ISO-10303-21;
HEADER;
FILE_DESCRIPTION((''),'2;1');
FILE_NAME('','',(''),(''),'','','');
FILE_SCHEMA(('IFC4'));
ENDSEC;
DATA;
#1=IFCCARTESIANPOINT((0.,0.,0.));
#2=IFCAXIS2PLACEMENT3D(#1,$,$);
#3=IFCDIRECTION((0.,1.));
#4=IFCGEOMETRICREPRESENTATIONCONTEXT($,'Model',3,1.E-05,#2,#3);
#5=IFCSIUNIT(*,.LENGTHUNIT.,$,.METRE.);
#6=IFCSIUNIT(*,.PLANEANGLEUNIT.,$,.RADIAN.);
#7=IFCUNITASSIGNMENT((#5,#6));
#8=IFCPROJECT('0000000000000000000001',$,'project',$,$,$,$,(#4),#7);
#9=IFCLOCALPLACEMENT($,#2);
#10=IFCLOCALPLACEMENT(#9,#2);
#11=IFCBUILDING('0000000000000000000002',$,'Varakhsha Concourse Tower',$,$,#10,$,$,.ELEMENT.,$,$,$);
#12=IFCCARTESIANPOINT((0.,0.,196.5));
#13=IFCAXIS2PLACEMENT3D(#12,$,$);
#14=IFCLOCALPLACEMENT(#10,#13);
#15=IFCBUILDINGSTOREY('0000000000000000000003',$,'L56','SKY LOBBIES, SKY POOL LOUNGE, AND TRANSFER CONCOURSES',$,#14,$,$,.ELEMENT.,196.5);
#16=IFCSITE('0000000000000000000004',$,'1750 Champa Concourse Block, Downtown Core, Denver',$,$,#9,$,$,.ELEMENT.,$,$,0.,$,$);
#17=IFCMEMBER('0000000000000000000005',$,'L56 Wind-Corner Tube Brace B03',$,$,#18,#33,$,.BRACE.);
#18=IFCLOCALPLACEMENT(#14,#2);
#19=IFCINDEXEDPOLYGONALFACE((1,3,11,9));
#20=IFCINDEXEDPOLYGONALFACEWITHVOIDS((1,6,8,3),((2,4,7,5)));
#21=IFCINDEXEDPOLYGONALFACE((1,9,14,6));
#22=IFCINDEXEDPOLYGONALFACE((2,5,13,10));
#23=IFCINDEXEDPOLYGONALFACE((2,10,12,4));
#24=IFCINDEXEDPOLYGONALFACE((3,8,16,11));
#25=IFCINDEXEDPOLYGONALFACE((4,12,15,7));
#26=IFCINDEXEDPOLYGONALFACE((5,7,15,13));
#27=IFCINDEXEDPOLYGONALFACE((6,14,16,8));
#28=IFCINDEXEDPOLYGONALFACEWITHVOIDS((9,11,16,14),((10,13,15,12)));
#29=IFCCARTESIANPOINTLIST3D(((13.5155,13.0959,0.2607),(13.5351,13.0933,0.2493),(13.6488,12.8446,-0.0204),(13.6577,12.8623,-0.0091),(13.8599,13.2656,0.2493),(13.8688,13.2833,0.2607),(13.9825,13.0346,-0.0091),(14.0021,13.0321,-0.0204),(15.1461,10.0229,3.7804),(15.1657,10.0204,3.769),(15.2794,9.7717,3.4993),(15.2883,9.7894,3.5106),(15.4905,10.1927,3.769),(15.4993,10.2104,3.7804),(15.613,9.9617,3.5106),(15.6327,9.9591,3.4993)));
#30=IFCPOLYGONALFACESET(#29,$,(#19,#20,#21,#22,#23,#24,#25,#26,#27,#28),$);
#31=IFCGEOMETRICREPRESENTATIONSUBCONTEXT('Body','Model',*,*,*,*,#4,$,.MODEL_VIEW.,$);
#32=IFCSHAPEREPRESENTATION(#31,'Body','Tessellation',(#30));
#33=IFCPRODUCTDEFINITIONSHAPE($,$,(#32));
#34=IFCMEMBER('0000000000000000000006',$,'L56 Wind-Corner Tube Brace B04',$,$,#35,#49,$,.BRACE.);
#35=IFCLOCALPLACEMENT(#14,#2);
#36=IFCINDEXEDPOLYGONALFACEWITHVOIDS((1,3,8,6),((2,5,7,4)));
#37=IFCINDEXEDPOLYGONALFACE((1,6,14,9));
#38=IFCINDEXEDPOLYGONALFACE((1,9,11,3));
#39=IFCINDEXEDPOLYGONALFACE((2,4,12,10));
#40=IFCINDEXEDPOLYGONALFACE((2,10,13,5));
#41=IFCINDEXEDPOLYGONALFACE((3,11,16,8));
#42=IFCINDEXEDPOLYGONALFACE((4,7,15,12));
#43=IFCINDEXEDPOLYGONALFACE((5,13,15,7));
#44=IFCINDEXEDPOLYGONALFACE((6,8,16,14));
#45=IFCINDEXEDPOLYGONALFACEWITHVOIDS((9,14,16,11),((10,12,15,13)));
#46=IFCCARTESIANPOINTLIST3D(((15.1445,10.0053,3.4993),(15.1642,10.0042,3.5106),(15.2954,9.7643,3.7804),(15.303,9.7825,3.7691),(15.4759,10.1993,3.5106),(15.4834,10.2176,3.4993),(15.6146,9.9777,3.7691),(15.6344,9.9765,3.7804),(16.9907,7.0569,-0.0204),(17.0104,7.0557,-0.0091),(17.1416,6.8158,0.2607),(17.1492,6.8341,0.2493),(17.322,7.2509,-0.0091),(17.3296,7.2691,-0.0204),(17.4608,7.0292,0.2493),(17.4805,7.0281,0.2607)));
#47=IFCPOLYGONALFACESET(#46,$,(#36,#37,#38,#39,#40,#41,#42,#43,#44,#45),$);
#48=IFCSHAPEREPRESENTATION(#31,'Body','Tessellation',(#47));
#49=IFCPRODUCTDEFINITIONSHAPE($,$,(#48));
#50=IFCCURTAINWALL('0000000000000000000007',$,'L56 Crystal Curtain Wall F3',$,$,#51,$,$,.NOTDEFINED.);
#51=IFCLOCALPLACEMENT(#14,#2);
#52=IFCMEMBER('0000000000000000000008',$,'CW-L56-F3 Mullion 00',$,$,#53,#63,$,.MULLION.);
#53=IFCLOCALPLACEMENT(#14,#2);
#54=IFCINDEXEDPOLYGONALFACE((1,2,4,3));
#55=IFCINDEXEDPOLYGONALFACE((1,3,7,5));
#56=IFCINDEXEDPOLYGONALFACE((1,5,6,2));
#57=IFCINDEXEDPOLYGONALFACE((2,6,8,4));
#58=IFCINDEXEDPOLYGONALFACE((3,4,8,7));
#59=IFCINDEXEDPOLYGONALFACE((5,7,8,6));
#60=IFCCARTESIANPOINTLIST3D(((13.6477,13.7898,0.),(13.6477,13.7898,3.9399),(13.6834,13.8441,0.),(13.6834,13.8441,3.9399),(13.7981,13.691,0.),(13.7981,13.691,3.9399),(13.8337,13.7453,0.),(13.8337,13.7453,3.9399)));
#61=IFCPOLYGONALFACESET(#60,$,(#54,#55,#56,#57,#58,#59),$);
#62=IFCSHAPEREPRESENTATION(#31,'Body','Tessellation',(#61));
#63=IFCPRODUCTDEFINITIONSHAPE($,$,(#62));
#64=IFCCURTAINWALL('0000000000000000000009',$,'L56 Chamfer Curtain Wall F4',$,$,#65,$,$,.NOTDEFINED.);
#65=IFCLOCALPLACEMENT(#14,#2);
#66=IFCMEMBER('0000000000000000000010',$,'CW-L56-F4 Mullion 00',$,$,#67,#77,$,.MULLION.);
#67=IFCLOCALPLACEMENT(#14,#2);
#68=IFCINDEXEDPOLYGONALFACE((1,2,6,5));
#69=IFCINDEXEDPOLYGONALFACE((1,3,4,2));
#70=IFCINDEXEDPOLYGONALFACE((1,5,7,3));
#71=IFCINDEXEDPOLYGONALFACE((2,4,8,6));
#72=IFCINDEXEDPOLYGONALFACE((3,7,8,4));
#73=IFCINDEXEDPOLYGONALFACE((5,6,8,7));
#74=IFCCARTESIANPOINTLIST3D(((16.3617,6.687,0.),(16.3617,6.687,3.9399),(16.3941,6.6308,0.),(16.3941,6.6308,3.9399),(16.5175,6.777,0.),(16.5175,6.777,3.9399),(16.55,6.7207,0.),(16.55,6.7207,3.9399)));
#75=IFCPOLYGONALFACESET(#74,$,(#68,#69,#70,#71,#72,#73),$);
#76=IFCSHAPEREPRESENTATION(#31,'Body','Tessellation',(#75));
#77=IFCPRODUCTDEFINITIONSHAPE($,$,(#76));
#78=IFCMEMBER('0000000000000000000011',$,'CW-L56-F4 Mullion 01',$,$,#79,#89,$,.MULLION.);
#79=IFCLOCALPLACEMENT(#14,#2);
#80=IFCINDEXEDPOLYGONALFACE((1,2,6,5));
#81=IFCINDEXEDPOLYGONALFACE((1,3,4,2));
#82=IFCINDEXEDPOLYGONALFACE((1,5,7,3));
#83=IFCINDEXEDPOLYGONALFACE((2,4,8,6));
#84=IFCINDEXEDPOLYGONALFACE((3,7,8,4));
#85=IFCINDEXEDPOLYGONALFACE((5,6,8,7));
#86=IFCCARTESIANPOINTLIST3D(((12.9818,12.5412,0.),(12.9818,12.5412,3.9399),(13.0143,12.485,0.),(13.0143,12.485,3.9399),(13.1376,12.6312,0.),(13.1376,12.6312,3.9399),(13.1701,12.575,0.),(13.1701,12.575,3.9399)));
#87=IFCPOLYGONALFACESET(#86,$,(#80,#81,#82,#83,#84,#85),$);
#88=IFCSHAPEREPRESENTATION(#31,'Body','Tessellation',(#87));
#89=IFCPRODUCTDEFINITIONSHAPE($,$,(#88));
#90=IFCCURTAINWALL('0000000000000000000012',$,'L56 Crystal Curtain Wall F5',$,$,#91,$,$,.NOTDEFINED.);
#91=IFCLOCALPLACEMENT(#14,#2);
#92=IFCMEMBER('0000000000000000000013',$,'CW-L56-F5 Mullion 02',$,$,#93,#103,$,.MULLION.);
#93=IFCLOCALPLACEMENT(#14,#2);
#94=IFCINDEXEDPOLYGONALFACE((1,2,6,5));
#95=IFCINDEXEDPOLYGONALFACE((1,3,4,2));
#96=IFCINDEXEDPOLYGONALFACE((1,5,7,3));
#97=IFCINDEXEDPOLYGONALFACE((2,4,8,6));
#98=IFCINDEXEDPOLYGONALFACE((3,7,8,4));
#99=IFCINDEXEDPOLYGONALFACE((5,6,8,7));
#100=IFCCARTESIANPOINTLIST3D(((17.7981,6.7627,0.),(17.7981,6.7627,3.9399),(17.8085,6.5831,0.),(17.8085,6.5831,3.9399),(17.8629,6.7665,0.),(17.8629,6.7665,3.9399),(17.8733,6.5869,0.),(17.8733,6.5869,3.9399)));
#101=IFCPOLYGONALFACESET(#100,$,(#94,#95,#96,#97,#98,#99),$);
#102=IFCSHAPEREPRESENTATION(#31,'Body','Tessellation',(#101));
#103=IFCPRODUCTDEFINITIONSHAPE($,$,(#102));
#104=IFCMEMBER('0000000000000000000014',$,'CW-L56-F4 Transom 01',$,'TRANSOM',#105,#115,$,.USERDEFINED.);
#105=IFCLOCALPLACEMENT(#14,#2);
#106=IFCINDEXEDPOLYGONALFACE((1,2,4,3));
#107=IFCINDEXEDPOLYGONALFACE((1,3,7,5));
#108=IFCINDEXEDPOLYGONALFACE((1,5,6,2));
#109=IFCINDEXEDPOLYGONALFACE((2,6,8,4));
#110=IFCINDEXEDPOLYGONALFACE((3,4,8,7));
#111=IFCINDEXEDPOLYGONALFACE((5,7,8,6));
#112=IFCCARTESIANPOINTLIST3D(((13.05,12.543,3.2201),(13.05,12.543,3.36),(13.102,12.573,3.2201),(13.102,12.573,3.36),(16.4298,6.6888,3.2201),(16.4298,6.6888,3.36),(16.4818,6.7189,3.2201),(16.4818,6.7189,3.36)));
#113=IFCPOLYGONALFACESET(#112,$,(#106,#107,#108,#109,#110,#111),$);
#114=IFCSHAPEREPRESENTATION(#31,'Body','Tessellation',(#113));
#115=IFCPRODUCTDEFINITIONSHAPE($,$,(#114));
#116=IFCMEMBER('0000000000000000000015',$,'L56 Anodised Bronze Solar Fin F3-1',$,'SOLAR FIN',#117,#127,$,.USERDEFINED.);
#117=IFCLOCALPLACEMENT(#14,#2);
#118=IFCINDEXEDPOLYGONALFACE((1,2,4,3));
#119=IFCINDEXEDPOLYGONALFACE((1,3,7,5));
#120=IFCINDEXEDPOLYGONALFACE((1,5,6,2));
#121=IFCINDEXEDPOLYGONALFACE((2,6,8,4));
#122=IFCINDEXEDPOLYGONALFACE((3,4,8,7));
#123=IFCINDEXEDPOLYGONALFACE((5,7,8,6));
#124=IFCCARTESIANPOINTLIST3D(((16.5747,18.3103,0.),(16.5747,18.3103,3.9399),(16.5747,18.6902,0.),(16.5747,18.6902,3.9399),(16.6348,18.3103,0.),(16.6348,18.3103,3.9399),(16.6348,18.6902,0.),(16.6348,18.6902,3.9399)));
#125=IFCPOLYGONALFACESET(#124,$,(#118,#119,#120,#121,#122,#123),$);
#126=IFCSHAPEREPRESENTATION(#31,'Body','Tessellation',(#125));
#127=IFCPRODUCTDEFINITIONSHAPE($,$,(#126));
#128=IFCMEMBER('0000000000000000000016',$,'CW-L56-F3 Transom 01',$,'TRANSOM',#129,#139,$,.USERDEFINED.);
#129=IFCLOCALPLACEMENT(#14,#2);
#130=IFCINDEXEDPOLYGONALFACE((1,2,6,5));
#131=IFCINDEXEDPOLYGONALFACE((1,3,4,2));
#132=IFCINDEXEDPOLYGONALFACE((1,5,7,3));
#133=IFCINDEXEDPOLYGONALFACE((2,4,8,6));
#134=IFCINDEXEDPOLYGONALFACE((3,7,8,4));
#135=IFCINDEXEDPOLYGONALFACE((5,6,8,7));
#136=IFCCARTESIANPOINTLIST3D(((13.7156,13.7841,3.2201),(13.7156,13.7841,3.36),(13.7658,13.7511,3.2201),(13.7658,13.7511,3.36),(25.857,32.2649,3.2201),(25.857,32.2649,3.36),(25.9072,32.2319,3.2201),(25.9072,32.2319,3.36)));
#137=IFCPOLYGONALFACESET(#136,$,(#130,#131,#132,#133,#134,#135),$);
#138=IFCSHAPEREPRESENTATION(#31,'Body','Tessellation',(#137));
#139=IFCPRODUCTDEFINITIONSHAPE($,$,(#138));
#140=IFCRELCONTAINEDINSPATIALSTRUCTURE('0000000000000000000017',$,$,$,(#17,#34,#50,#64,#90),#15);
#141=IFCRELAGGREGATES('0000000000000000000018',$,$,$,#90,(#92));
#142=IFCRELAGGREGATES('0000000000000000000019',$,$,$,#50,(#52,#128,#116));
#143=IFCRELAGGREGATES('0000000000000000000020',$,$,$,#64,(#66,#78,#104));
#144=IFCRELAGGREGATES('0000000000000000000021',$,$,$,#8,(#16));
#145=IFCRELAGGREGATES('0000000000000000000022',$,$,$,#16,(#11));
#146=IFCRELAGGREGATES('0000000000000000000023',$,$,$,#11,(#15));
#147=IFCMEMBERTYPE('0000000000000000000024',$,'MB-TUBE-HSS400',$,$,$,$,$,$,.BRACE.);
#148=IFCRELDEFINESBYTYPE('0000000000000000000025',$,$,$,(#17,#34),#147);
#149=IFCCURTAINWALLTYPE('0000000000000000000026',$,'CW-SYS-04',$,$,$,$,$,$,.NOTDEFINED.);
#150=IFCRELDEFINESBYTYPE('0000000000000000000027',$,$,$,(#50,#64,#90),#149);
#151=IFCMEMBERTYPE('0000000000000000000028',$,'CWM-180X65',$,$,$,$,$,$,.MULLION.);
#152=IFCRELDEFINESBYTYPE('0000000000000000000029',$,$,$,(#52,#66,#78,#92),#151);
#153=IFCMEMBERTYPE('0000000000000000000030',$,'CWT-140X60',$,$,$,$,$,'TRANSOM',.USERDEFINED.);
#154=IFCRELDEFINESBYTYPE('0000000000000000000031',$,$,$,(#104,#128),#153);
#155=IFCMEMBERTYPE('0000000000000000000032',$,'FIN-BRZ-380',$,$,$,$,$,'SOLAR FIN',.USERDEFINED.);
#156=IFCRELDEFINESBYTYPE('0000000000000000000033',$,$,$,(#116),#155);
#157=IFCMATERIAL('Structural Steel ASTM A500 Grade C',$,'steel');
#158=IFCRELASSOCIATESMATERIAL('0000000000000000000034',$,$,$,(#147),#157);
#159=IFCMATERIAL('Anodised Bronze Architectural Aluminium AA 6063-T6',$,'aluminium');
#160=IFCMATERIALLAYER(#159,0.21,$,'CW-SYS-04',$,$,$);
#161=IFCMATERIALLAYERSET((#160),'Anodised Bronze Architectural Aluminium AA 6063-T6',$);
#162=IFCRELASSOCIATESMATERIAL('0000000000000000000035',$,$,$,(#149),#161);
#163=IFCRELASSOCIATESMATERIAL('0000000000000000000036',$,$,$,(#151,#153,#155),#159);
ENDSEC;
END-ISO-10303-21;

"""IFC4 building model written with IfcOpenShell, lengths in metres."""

from ifc_helpers import new_model, si_unit, direction, frame, origin, origin_2d, place, context, subcontext, project, spatial, rectangle, hollow_rectangle, extrude, source, transform, mapped, material, layer, layer_set, material_profile, profile_set, type_object, type_shapes, element, aggregate, save


model = new_model("IFC4")

# Units and contexts
model_context = context("Model", 3, precision=1e-05, world=origin(), true_north=direction((0.0, 1.0)))
body_context = subcontext(model_context, "Body", "Model", "MODEL_VIEW")
ifc_project = project(units=[si_unit("LENGTHUNIT", "METRE"), si_unit("PLANEANGLEUNIT", "RADIAN")], contexts=[model_context])

# Site, building, storey
site_placement = place(None, origin())
site = spatial("IfcSite", under=ifc_project, at=site_placement, Name="1750 Champa Concourse Block, Downtown Core, Denver", CompositionType="ELEMENT", RefElevation=0.0)
building_placement = place(site_placement, origin())
building = spatial("IfcBuilding", under=site, at=building_placement, Name="Varakhsha Concourse Tower", CompositionType="ELEMENT")
storey_placement = place(building_placement, frame((0.0, 0.0, 196.5)))
storey = spatial("IfcBuildingStorey", under=building, at=storey_placement, Name="L56", Description="SKY LOBBIES, SKY POOL LOUNGE, AND TRANSFER CONCOURSES", CompositionType="ELEMENT", Elevation=196.5)

# Members
ifc_material_1 = material(Name="Structural Steel ASTM A500 Grade C", Category="steel")
ifc_material_profile_1 = material_profile(ifc_material_1, hollow_rectangle(XDim=0.3999, YDim=0.3999, WallThickness=0.0161, at=origin_2d()), Name="HSS 400x400x16")
ifc_profile_set_1 = profile_set([ifc_material_profile_1], Name="Structural Steel ASTM A500 Grade C")
member_type_1 = type_object("IfcMemberType", Name="MB-TUBE-HSS400", PredefinedType="BRACE", material=ifc_profile_set_1)
shared_shape_1 = source(origin(), body_context, "Body", "SweptSolid", [
    extrude(hollow_rectangle(XDim=0.3999, YDim=0.3999, WallThickness=0.0161, at=origin_2d()), origin(), (0.0, 0.0, 1.0), 4.9487),
])
type_shapes(member_type_1, [shared_shape_1])
for number, where, z_axis, x_axis, name in (
    (1, (13.7588, 13.064, 0.1201), (0.329494, -0.620953, 0.711232), (0.883344, 0.468726, 0.0), "L56 Wind-Corner Tube Brace B03"),
    (2, (17.2356, 7.0425, 0.1201), (-0.373057, 0.595796, 0.711235), (-0.84756, -0.530699, 0.0), "L56 Wind-Corner Tube Brace B04"),
):
    element("IfcMember", number, at=place(storey_placement, frame(where, z_axis=z_axis, x_axis=x_axis)), inside=storey, type_object=member_type_1, Name=name, PredefinedType="BRACE", context=body_context, shape_type="MappedRepresentation", body=[
        mapped(shared_shape_1, transform((0.0, 0.0, 0.0), scale=1.0)),
    ])

# Curtain wall, member
ifc_material_2 = material(Name="Anodised Bronze Architectural Aluminium AA 6063-T6", Category="aluminium")
ifc_layer_1 = layer(ifc_material_2, 0.21, Name="CW-SYS-04")
ifc_layer_set_1 = layer_set([ifc_layer_1], Name="Anodised Bronze Architectural Aluminium AA 6063-T6")
curtain_wall_type = type_object("IfcCurtainWallType", Name="CW-SYS-04", PredefinedType="NOTDEFINED", material=ifc_layer_set_1)
curtain_wall_1_placement = place(storey_placement, origin())
curtain_wall_1 = element("IfcCurtainWall", 3, at=curtain_wall_1_placement, inside=storey, type_object=curtain_wall_type, Name="L56 Crystal Curtain Wall F3", PredefinedType="NOTDEFINED")
ifc_material_profile_2 = material_profile(ifc_material_2, rectangle(XDim=0.0649, YDim=0.1799, at=origin_2d()), Name="CWM-180X65")
ifc_profile_set_2 = profile_set([ifc_material_profile_2], Name="Anodised Bronze Architectural Aluminium AA 6063-T6")
member_type_2 = type_object("IfcMemberType", Name="CWM-180X65", PredefinedType="MULLION", material=ifc_profile_set_2)
shared_shape_2 = source(origin(), body_context, "Body", "SweptSolid", [
    extrude(rectangle(XDim=0.0649, YDim=0.1799, at=origin_2d()), origin(), (0.0, 0.0, 1.0), 3.9399),
])
type_shapes(member_type_2, [shared_shape_2])
member_1_placement = place(storey_placement, frame((13.7407, 13.7676, 0.0), z_axis=(0.0, 0.0, 1.0), x_axis=(0.54908, 0.83577, 0.0)))
member_1 = element("IfcMember", 4, at=member_1_placement, type_object=member_type_2, Name="CW-L56-F3 Mullion 00", PredefinedType="MULLION", context=body_context, shape_type="MappedRepresentation", body=[
    mapped(shared_shape_2, transform((0.0, 0.0, 0.0), scale=1.0)),
])

# Curtain wall, members
curtain_wall_2_placement = place(storey_placement, origin())
curtain_wall_2 = element("IfcCurtainWall", 5, at=curtain_wall_2_placement, inside=storey, type_object=curtain_wall_type, Name="L56 Chamfer Curtain Wall F4", PredefinedType="NOTDEFINED")
member_2_placement = place(storey_placement, frame((16.4558, 6.7039, 0.0), z_axis=(0.0, 0.0, 1.0), x_axis=(-0.499995, 0.866028, 0.0)))
member_2 = element("IfcMember", 6, at=member_2_placement, type_object=member_type_2, Name="CW-L56-F4 Mullion 00", PredefinedType="MULLION", context=body_context, shape_type="MappedRepresentation", body=[
    mapped(shared_shape_2, transform((0.0, 0.0, 0.0), scale=1.0)),
])
member_3_placement = place(storey_placement, frame((13.0759, 12.5581, 0.0), z_axis=(0.0, 0.0, 1.0), x_axis=(-0.499995, 0.866028, 0.0)))
member_3 = element("IfcMember", 7, at=member_3_placement, type_object=member_type_2, Name="CW-L56-F4 Mullion 01", PredefinedType="MULLION", context=body_context, shape_type="MappedRepresentation", body=[
    mapped(shared_shape_2, transform((0.0, 0.0, 0.0), scale=1.0)),
])

# Curtain wall, member
curtain_wall_3_placement = place(storey_placement, origin())
curtain_wall_3 = element("IfcCurtainWall", 8, at=curtain_wall_3_placement, inside=storey, type_object=curtain_wall_type, Name="L56 Crystal Curtain Wall F5", PredefinedType="NOTDEFINED")
member_4_placement = place(storey_placement, frame((17.8357, 6.6748, 0.0), z_axis=(0.0, 0.0, 1.0), x_axis=(-0.998337, -0.057639, 0.0)))
member_4 = element("IfcMember", 9, at=member_4_placement, type_object=member_type_2, Name="CW-L56-F5 Mullion 02", PredefinedType="MULLION", context=body_context, shape_type="MappedRepresentation", body=[
    mapped(shared_shape_2, transform((0.0, 0.0, 0.0), scale=1.0)),
])

# Members
ifc_material_profile_3 = material_profile(ifc_material_2, rectangle(XDim=0.0601, YDim=0.1399, at=origin_2d()), Name="CWT-140X60")
ifc_profile_set_3 = profile_set([ifc_material_profile_3], Name="Anodised Bronze Architectural Aluminium AA 6063-T6")
member_type_3 = type_object("IfcMemberType", Name="CWT-140X60", ElementType="TRANSOM", PredefinedType="USERDEFINED", material=ifc_profile_set_3)
shared_shape_3 = source(origin(), body_context, "Body", "SweptSolid", [
    extrude(rectangle(XDim=0.0601, YDim=0.1399, at=origin_2d()), origin(), (0.0, 0.0, 1.0), 6.7598),
])
member_5_placement = place(storey_placement, frame((16.4558, 6.7039, 3.29), z_axis=(-0.499992, 0.86603, 0.0), x_axis=(-0.86603, -0.499992, 0.0)))
member_5 = element("IfcMember", 10, at=member_5_placement, type_object=member_type_3, Name="CW-L56-F4 Transom 01", ObjectType="TRANSOM", PredefinedType="USERDEFINED", context=body_context, shape_type="MappedRepresentation", body=[
    mapped(shared_shape_3, transform((0.0, 0.0, 0.0), scale=1.0)),
])
ifc_material_profile_4 = material_profile(ifc_material_2, rectangle(XDim=0.0601, YDim=0.3799, at=origin_2d()), Name="FIN-BRZ-380")
ifc_profile_set_4 = profile_set([ifc_material_profile_4], Name="Anodised Bronze Architectural Aluminium AA 6063-T6")
member_type_4 = type_object("IfcMemberType", Name="FIN-BRZ-380", ElementType="SOLAR FIN", PredefinedType="USERDEFINED", material=ifc_profile_set_4)
shared_shape_4 = source(origin(), body_context, "Body", "SweptSolid", [
    extrude(rectangle(XDim=0.0601, YDim=0.3799, at=origin_2d()), origin(), (0.0, 0.0, 1.0), 3.9399),
])
type_shapes(member_type_4, [shared_shape_4])
member_6_placement = place(storey_placement, frame((16.6047, 18.5002, 0.0), z_axis=(0.0, 0.0, 1.0), x_axis=(1.0, 0.0, 0.0)))
member_6 = element("IfcMember", 11, at=member_6_placement, type_object=member_type_4, Name="L56 Anodised Bronze Solar Fin F3-1", ObjectType="SOLAR FIN", PredefinedType="USERDEFINED", context=body_context, shape_type="MappedRepresentation", body=[
    mapped(shared_shape_4, transform((0.0, 0.0, 0.0), scale=1.0)),
])
shared_shape_5 = source(origin(), body_context, "Body", "SweptSolid", [
    extrude(rectangle(XDim=0.0601, YDim=0.1399, at=origin_2d()), origin(), (0.0, 0.0, 1.0), 22.1123),
])
type_shapes(member_type_3, [shared_shape_3, shared_shape_5])
member_7_placement = place(storey_placement, frame((13.7407, 13.7676, 3.29), z_axis=(0.54908, 0.83577, 0.0), x_axis=(-0.83577, 0.54908, 0.0)))
member_7 = element("IfcMember", 12, at=member_7_placement, type_object=member_type_3, Name="CW-L56-F3 Transom 01", ObjectType="TRANSOM", PredefinedType="USERDEFINED", context=body_context, shape_type="MappedRepresentation", body=[
    mapped(shared_shape_5, transform((0.0, 0.0, 0.0), scale=1.0)),
])

aggregate(curtain_wall_3, [member_4])
aggregate(curtain_wall_1, [member_1, member_7, member_6])
aggregate(curtain_wall_2, [member_2, member_3, member_5])

save(model, "model.ifc")
